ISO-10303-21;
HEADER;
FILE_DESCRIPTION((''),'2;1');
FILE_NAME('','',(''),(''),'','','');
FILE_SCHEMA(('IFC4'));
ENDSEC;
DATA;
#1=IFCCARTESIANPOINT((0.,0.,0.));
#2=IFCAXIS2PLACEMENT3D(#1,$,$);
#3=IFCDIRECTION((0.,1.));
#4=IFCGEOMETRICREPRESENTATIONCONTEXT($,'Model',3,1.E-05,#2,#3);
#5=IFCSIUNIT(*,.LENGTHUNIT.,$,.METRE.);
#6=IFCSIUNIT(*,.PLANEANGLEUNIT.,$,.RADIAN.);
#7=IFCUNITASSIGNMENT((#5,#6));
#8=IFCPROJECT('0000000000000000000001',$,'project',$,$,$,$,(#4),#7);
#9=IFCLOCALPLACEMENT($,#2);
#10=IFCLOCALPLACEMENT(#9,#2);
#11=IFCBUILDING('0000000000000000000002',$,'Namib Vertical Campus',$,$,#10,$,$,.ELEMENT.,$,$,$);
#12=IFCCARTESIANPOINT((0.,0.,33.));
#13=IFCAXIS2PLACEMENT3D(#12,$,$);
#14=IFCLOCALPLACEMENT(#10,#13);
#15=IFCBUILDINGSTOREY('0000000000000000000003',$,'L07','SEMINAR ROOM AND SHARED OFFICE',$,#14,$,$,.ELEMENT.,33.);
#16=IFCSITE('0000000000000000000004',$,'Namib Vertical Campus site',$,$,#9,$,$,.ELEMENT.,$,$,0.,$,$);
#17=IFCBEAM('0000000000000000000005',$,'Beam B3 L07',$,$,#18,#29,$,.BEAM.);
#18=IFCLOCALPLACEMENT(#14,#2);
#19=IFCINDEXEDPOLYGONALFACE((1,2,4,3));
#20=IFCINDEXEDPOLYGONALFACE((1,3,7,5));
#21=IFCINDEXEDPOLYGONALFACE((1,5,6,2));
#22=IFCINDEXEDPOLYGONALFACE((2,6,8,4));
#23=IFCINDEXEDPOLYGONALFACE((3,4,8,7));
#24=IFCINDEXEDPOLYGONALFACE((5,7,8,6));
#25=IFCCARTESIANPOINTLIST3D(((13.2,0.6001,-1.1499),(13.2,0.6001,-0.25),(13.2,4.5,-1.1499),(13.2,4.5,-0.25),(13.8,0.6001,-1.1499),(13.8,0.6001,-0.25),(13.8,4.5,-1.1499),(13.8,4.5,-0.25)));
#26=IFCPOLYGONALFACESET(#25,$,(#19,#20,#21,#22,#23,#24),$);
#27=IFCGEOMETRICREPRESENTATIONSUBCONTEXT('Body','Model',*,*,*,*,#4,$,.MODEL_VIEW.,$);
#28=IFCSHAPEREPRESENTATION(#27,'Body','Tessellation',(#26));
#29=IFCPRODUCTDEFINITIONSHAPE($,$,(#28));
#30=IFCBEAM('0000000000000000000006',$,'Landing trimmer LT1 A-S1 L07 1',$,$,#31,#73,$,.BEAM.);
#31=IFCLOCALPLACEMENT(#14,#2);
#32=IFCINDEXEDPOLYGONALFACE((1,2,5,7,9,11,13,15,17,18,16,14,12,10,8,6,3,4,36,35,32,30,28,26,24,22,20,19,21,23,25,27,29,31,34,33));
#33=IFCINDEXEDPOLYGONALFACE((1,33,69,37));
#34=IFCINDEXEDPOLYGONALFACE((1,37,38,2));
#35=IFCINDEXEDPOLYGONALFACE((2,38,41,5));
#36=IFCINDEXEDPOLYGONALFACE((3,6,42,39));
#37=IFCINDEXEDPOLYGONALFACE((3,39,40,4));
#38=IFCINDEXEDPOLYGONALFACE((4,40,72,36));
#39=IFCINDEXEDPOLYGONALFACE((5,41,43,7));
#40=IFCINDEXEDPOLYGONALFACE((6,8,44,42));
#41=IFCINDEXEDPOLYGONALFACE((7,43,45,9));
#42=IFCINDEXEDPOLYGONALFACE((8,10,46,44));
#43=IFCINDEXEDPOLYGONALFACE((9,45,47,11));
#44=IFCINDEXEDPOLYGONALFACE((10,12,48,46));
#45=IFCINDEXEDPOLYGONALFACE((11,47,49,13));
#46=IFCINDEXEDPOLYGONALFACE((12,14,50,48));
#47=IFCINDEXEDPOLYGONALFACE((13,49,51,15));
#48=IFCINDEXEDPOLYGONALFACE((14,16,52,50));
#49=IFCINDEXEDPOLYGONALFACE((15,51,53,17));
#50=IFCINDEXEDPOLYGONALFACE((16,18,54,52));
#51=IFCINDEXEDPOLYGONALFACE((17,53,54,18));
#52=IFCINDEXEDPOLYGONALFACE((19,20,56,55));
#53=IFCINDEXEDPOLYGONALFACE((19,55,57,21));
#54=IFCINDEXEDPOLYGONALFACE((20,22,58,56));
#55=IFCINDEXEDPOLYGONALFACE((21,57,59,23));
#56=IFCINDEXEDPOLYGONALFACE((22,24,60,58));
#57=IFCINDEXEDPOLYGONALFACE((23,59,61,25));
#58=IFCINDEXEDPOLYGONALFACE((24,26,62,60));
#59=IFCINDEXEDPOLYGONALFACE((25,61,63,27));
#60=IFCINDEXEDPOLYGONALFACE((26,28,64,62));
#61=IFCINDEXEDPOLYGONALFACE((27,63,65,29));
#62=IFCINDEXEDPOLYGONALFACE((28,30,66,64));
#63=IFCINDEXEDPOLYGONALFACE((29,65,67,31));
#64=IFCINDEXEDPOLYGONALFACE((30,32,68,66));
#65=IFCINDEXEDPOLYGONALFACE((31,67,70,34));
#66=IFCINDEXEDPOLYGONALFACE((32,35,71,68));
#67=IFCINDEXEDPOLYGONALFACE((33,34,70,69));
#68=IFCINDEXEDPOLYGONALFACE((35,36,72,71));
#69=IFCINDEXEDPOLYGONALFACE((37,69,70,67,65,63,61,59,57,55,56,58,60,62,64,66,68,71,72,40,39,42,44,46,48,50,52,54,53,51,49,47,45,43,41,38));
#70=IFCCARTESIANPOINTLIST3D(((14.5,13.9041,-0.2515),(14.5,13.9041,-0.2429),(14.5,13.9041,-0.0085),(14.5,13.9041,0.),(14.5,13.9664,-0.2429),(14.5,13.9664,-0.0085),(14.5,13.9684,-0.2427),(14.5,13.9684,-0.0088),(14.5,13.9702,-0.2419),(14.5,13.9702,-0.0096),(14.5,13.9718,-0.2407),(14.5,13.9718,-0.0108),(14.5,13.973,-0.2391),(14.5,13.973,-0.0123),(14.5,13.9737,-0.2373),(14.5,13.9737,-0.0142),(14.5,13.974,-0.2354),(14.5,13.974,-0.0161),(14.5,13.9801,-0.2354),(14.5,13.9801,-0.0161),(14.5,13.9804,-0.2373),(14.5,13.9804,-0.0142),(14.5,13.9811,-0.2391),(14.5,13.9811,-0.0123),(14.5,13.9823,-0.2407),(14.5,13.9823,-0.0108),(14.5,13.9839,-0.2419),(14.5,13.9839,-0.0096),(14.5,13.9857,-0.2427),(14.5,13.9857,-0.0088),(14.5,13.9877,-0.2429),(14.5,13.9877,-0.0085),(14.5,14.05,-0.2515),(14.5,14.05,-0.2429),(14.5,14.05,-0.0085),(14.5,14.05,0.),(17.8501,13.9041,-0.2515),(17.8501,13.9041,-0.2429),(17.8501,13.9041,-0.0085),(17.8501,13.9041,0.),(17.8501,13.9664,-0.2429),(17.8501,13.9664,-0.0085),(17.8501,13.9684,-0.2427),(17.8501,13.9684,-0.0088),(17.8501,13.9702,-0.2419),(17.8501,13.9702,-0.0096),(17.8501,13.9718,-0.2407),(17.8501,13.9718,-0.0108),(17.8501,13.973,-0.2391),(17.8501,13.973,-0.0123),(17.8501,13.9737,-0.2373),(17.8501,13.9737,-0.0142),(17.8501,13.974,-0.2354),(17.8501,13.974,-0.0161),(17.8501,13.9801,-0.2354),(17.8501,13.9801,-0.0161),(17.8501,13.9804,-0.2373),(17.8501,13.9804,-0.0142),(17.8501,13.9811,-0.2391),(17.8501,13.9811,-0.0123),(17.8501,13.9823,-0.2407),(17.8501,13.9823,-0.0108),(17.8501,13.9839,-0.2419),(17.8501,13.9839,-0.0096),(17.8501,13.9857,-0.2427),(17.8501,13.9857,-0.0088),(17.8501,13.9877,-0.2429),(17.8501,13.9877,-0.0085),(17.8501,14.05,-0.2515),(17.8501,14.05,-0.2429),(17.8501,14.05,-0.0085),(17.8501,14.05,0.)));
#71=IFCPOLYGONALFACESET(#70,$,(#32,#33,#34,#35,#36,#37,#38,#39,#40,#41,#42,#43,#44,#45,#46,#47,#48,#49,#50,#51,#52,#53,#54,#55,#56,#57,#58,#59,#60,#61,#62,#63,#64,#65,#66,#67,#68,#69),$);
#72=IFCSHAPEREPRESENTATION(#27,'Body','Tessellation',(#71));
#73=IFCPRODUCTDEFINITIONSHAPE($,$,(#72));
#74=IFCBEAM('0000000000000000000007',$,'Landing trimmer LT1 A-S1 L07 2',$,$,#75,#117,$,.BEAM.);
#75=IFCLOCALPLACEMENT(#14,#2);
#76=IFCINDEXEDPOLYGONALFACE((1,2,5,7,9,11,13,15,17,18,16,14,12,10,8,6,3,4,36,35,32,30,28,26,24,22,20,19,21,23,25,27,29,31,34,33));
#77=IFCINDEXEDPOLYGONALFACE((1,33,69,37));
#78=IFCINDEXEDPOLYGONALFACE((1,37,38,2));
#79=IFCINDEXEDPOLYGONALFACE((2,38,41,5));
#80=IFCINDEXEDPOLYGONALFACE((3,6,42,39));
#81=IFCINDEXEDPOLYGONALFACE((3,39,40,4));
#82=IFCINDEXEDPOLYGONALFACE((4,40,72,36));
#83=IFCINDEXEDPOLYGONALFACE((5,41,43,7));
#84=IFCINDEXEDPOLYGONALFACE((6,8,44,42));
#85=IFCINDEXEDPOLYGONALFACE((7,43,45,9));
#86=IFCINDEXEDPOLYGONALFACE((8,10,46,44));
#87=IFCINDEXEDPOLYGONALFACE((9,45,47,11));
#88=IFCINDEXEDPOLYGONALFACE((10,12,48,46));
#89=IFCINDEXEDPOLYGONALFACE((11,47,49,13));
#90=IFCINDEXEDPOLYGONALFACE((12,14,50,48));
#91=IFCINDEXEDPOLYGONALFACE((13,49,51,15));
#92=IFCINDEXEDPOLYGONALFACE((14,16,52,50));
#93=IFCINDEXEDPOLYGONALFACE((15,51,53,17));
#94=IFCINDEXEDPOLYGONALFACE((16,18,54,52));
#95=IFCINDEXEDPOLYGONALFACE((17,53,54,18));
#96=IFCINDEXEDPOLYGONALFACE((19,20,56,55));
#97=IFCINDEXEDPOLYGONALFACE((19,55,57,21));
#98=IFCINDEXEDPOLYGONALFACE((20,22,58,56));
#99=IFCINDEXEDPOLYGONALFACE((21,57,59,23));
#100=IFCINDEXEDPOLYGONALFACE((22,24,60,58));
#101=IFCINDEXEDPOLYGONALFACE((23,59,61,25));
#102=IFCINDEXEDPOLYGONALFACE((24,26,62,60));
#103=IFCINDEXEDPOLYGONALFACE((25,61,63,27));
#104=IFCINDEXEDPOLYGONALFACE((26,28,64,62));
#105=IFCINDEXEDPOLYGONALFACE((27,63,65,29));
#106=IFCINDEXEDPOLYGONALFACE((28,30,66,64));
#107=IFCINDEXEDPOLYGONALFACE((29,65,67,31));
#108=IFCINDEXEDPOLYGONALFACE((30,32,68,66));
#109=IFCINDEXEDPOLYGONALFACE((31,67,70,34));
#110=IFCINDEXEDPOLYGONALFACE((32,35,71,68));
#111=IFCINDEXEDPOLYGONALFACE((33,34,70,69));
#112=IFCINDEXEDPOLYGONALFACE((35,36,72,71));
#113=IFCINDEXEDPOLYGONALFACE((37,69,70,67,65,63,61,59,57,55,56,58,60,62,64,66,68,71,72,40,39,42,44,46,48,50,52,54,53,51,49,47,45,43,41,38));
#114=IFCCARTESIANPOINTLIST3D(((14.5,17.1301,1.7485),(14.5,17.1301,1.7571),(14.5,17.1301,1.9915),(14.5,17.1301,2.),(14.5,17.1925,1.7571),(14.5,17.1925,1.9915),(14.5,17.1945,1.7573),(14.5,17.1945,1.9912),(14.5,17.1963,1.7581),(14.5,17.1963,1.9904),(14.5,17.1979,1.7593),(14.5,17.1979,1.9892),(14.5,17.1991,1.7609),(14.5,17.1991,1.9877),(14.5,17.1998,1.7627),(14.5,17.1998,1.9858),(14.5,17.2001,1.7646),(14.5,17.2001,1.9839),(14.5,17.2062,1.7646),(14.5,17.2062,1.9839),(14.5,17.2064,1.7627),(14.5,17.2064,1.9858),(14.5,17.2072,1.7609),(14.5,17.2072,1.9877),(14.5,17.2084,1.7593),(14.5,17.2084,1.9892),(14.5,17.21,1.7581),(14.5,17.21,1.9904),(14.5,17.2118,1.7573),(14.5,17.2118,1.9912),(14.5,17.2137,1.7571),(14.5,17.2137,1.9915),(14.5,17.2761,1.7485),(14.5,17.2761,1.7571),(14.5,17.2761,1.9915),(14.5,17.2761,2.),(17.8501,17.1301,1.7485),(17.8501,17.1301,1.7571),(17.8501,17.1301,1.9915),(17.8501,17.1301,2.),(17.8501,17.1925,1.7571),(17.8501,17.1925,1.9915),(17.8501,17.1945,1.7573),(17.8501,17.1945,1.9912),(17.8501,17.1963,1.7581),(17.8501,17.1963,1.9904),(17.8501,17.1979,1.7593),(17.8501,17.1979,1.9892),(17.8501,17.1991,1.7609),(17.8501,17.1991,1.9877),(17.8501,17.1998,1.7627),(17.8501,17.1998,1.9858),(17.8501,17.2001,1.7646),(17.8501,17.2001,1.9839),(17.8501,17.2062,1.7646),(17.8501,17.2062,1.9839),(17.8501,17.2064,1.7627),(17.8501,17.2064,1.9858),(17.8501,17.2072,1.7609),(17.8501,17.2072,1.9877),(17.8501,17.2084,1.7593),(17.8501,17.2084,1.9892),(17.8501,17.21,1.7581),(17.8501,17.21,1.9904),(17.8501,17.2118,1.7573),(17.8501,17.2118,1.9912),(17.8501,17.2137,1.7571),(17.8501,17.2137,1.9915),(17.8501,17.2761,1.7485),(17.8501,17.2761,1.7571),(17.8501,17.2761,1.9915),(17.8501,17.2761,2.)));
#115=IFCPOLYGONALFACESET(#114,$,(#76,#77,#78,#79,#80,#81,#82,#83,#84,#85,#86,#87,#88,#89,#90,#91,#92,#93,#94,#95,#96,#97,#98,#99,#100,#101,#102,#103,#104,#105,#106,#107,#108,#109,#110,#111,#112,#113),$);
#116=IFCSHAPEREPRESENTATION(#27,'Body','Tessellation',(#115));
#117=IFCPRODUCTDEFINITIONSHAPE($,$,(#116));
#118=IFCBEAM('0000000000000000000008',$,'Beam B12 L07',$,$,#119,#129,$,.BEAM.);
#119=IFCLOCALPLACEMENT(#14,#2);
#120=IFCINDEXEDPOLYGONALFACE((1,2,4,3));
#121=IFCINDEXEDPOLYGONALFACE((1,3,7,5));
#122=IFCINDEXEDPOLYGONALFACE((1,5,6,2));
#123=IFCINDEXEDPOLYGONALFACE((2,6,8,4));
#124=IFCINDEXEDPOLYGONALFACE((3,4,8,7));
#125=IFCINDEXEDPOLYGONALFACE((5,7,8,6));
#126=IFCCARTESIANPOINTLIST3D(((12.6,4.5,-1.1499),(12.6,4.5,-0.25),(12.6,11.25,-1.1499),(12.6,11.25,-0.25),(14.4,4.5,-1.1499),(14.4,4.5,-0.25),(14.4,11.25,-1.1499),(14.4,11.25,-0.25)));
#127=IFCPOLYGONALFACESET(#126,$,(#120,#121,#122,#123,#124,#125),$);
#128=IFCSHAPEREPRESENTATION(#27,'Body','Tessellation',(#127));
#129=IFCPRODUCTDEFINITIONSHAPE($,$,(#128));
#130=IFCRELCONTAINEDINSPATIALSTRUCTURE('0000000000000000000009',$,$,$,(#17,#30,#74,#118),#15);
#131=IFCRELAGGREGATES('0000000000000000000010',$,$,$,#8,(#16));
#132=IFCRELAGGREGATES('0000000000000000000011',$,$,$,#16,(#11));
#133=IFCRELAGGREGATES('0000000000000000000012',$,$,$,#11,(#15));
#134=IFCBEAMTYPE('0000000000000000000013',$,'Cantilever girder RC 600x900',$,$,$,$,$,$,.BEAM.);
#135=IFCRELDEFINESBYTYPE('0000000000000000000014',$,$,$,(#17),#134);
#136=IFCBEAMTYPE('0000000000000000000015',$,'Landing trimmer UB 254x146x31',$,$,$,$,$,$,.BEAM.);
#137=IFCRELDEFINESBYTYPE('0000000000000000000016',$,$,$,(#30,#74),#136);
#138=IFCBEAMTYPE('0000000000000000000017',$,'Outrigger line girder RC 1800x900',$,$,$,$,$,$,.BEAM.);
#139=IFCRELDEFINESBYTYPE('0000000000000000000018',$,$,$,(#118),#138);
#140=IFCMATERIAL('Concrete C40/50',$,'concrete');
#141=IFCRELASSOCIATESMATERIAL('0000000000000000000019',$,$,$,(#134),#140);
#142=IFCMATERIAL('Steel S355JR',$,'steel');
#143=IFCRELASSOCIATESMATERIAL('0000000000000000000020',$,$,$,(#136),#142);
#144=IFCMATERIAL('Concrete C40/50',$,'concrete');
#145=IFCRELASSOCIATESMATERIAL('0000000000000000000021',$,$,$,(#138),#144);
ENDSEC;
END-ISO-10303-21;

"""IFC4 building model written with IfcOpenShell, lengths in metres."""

from ifc_helpers import new_model, si_unit, direction, frame, origin, origin_2d, place, context, subcontext, project, spatial, rectangle, i_section, extrude, material, material_profile, profile_set, type_object, element, save


model = new_model("IFC4")

# Units and contexts
model_context = context("Model", 3, precision=1e-05, world=origin(), true_north=direction((0.0, 1.0)))
body_context = subcontext(model_context, "Body", "Model", "MODEL_VIEW")
ifc_project = project(units=[si_unit("LENGTHUNIT", "METRE"), si_unit("PLANEANGLEUNIT", "RADIAN")], contexts=[model_context])

# Site, building, storey
site_placement = place(None, origin())
site = spatial("IfcSite", under=ifc_project, at=site_placement, Name="Namib Vertical Campus site", CompositionType="ELEMENT", RefElevation=0.0)
building_placement = place(site_placement, origin())
building = spatial("IfcBuilding", under=site, at=building_placement, Name="Namib Vertical Campus", CompositionType="ELEMENT")
storey_placement = place(building_placement, frame((0.0, 0.0, 33.0)))
storey = spatial("IfcBuildingStorey", under=building, at=storey_placement, Name="L07", Description="SEMINAR ROOM AND SHARED OFFICE", CompositionType="ELEMENT", Elevation=33.0)

# Beams
ifc_material_1 = material(Name="Concrete C40/50", Category="concrete")
ifc_material_profile_1 = material_profile(ifc_material_1, rectangle(XDim=0.6001, YDim=0.8999, at=origin_2d()))
ifc_profile_set_1 = profile_set([ifc_material_profile_1], Name="Concrete C40/50")
beam_type_1 = type_object("IfcBeamType", Name="Cantilever girder RC 600x900", PredefinedType="BEAM", material=ifc_profile_set_1)
beam_1_placement = place(storey_placement, frame((13.5, 4.5, -0.7), z_axis=(0.0, -1.0, 0.0), x_axis=(1.0, 0.0, 0.0)))
element("IfcBeam", 1, at=beam_1_placement, inside=storey, type_object=beam_type_1, Name="Beam B3 L07", PredefinedType="BEAM", context=body_context, shape_type="SweptSolid", body=[
    extrude(rectangle(XDim=0.6001, YDim=0.8999, at=origin_2d()), origin(), (0.0, 0.0, 1.0), 3.8999),
])
ifc_material_2 = material(Name="Steel S355JR", Category="steel")
ifc_material_profile_2 = material_profile(ifc_material_2, i_section(OverallWidth=0.146, OverallDepth=0.2515, WebThickness=0.0061, FlangeThickness=0.0085, FilletRadius=0.0076, at=origin_2d()))
ifc_profile_set_2 = profile_set([ifc_material_profile_2], Name="Steel S355JR")
beam_type_2 = type_object("IfcBeamType", Name="Landing trimmer UB 254x146x31", PredefinedType="BEAM", material=ifc_profile_set_2)
for number, where, z_axis, x_axis, name in (
    (2, (14.5, 13.9771, -0.1257), (1.0, 0.0, 0.0), (0.0, 1.0, 0.0), "Landing trimmer LT1 A-S1 L07 1"),
    (3, (14.5, 17.2031, 1.8743), (1.0, 0.0, 0.0), (0.0, 1.0, 0.0), "Landing trimmer LT1 A-S1 L07 2"),
):
    element("IfcBeam", number, at=place(storey_placement, frame(where, z_axis=z_axis, x_axis=x_axis)), inside=storey, type_object=beam_type_2, Name=name, PredefinedType="BEAM", context=body_context, shape_type="SweptSolid", body=[
        extrude(i_section(OverallWidth=0.146, OverallDepth=0.2515, WebThickness=0.0061, FlangeThickness=0.0085, FilletRadius=0.0076, at=origin_2d()), origin(), (0.0, 0.0, 1.0), 3.3501),
    ])
ifc_material_3 = material(Name="Concrete C40/50", Category="concrete")
ifc_material_profile_3 = material_profile(ifc_material_3, rectangle(XDim=1.8, YDim=0.8999, at=origin_2d()))
ifc_profile_set_3 = profile_set([ifc_material_profile_3], Name="Concrete C40/50")
beam_type_3 = type_object("IfcBeamType", Name="Outrigger line girder RC 1800x900", PredefinedType="BEAM", material=ifc_profile_set_3)
beam_2_placement = place(storey_placement, frame((13.5, 4.5, -0.7), z_axis=(0.0, 1.0, 0.0), x_axis=(-1.0, 0.0, 0.0)))
element("IfcBeam", 4, at=beam_2_placement, inside=storey, type_object=beam_type_3, Name="Beam B12 L07", PredefinedType="BEAM", context=body_context, shape_type="SweptSolid", body=[
    extrude(rectangle(XDim=1.8, YDim=0.8999, at=origin_2d()), origin(), (0.0, 0.0, 1.0), 6.75),
])

save(model, "model.ifc")
